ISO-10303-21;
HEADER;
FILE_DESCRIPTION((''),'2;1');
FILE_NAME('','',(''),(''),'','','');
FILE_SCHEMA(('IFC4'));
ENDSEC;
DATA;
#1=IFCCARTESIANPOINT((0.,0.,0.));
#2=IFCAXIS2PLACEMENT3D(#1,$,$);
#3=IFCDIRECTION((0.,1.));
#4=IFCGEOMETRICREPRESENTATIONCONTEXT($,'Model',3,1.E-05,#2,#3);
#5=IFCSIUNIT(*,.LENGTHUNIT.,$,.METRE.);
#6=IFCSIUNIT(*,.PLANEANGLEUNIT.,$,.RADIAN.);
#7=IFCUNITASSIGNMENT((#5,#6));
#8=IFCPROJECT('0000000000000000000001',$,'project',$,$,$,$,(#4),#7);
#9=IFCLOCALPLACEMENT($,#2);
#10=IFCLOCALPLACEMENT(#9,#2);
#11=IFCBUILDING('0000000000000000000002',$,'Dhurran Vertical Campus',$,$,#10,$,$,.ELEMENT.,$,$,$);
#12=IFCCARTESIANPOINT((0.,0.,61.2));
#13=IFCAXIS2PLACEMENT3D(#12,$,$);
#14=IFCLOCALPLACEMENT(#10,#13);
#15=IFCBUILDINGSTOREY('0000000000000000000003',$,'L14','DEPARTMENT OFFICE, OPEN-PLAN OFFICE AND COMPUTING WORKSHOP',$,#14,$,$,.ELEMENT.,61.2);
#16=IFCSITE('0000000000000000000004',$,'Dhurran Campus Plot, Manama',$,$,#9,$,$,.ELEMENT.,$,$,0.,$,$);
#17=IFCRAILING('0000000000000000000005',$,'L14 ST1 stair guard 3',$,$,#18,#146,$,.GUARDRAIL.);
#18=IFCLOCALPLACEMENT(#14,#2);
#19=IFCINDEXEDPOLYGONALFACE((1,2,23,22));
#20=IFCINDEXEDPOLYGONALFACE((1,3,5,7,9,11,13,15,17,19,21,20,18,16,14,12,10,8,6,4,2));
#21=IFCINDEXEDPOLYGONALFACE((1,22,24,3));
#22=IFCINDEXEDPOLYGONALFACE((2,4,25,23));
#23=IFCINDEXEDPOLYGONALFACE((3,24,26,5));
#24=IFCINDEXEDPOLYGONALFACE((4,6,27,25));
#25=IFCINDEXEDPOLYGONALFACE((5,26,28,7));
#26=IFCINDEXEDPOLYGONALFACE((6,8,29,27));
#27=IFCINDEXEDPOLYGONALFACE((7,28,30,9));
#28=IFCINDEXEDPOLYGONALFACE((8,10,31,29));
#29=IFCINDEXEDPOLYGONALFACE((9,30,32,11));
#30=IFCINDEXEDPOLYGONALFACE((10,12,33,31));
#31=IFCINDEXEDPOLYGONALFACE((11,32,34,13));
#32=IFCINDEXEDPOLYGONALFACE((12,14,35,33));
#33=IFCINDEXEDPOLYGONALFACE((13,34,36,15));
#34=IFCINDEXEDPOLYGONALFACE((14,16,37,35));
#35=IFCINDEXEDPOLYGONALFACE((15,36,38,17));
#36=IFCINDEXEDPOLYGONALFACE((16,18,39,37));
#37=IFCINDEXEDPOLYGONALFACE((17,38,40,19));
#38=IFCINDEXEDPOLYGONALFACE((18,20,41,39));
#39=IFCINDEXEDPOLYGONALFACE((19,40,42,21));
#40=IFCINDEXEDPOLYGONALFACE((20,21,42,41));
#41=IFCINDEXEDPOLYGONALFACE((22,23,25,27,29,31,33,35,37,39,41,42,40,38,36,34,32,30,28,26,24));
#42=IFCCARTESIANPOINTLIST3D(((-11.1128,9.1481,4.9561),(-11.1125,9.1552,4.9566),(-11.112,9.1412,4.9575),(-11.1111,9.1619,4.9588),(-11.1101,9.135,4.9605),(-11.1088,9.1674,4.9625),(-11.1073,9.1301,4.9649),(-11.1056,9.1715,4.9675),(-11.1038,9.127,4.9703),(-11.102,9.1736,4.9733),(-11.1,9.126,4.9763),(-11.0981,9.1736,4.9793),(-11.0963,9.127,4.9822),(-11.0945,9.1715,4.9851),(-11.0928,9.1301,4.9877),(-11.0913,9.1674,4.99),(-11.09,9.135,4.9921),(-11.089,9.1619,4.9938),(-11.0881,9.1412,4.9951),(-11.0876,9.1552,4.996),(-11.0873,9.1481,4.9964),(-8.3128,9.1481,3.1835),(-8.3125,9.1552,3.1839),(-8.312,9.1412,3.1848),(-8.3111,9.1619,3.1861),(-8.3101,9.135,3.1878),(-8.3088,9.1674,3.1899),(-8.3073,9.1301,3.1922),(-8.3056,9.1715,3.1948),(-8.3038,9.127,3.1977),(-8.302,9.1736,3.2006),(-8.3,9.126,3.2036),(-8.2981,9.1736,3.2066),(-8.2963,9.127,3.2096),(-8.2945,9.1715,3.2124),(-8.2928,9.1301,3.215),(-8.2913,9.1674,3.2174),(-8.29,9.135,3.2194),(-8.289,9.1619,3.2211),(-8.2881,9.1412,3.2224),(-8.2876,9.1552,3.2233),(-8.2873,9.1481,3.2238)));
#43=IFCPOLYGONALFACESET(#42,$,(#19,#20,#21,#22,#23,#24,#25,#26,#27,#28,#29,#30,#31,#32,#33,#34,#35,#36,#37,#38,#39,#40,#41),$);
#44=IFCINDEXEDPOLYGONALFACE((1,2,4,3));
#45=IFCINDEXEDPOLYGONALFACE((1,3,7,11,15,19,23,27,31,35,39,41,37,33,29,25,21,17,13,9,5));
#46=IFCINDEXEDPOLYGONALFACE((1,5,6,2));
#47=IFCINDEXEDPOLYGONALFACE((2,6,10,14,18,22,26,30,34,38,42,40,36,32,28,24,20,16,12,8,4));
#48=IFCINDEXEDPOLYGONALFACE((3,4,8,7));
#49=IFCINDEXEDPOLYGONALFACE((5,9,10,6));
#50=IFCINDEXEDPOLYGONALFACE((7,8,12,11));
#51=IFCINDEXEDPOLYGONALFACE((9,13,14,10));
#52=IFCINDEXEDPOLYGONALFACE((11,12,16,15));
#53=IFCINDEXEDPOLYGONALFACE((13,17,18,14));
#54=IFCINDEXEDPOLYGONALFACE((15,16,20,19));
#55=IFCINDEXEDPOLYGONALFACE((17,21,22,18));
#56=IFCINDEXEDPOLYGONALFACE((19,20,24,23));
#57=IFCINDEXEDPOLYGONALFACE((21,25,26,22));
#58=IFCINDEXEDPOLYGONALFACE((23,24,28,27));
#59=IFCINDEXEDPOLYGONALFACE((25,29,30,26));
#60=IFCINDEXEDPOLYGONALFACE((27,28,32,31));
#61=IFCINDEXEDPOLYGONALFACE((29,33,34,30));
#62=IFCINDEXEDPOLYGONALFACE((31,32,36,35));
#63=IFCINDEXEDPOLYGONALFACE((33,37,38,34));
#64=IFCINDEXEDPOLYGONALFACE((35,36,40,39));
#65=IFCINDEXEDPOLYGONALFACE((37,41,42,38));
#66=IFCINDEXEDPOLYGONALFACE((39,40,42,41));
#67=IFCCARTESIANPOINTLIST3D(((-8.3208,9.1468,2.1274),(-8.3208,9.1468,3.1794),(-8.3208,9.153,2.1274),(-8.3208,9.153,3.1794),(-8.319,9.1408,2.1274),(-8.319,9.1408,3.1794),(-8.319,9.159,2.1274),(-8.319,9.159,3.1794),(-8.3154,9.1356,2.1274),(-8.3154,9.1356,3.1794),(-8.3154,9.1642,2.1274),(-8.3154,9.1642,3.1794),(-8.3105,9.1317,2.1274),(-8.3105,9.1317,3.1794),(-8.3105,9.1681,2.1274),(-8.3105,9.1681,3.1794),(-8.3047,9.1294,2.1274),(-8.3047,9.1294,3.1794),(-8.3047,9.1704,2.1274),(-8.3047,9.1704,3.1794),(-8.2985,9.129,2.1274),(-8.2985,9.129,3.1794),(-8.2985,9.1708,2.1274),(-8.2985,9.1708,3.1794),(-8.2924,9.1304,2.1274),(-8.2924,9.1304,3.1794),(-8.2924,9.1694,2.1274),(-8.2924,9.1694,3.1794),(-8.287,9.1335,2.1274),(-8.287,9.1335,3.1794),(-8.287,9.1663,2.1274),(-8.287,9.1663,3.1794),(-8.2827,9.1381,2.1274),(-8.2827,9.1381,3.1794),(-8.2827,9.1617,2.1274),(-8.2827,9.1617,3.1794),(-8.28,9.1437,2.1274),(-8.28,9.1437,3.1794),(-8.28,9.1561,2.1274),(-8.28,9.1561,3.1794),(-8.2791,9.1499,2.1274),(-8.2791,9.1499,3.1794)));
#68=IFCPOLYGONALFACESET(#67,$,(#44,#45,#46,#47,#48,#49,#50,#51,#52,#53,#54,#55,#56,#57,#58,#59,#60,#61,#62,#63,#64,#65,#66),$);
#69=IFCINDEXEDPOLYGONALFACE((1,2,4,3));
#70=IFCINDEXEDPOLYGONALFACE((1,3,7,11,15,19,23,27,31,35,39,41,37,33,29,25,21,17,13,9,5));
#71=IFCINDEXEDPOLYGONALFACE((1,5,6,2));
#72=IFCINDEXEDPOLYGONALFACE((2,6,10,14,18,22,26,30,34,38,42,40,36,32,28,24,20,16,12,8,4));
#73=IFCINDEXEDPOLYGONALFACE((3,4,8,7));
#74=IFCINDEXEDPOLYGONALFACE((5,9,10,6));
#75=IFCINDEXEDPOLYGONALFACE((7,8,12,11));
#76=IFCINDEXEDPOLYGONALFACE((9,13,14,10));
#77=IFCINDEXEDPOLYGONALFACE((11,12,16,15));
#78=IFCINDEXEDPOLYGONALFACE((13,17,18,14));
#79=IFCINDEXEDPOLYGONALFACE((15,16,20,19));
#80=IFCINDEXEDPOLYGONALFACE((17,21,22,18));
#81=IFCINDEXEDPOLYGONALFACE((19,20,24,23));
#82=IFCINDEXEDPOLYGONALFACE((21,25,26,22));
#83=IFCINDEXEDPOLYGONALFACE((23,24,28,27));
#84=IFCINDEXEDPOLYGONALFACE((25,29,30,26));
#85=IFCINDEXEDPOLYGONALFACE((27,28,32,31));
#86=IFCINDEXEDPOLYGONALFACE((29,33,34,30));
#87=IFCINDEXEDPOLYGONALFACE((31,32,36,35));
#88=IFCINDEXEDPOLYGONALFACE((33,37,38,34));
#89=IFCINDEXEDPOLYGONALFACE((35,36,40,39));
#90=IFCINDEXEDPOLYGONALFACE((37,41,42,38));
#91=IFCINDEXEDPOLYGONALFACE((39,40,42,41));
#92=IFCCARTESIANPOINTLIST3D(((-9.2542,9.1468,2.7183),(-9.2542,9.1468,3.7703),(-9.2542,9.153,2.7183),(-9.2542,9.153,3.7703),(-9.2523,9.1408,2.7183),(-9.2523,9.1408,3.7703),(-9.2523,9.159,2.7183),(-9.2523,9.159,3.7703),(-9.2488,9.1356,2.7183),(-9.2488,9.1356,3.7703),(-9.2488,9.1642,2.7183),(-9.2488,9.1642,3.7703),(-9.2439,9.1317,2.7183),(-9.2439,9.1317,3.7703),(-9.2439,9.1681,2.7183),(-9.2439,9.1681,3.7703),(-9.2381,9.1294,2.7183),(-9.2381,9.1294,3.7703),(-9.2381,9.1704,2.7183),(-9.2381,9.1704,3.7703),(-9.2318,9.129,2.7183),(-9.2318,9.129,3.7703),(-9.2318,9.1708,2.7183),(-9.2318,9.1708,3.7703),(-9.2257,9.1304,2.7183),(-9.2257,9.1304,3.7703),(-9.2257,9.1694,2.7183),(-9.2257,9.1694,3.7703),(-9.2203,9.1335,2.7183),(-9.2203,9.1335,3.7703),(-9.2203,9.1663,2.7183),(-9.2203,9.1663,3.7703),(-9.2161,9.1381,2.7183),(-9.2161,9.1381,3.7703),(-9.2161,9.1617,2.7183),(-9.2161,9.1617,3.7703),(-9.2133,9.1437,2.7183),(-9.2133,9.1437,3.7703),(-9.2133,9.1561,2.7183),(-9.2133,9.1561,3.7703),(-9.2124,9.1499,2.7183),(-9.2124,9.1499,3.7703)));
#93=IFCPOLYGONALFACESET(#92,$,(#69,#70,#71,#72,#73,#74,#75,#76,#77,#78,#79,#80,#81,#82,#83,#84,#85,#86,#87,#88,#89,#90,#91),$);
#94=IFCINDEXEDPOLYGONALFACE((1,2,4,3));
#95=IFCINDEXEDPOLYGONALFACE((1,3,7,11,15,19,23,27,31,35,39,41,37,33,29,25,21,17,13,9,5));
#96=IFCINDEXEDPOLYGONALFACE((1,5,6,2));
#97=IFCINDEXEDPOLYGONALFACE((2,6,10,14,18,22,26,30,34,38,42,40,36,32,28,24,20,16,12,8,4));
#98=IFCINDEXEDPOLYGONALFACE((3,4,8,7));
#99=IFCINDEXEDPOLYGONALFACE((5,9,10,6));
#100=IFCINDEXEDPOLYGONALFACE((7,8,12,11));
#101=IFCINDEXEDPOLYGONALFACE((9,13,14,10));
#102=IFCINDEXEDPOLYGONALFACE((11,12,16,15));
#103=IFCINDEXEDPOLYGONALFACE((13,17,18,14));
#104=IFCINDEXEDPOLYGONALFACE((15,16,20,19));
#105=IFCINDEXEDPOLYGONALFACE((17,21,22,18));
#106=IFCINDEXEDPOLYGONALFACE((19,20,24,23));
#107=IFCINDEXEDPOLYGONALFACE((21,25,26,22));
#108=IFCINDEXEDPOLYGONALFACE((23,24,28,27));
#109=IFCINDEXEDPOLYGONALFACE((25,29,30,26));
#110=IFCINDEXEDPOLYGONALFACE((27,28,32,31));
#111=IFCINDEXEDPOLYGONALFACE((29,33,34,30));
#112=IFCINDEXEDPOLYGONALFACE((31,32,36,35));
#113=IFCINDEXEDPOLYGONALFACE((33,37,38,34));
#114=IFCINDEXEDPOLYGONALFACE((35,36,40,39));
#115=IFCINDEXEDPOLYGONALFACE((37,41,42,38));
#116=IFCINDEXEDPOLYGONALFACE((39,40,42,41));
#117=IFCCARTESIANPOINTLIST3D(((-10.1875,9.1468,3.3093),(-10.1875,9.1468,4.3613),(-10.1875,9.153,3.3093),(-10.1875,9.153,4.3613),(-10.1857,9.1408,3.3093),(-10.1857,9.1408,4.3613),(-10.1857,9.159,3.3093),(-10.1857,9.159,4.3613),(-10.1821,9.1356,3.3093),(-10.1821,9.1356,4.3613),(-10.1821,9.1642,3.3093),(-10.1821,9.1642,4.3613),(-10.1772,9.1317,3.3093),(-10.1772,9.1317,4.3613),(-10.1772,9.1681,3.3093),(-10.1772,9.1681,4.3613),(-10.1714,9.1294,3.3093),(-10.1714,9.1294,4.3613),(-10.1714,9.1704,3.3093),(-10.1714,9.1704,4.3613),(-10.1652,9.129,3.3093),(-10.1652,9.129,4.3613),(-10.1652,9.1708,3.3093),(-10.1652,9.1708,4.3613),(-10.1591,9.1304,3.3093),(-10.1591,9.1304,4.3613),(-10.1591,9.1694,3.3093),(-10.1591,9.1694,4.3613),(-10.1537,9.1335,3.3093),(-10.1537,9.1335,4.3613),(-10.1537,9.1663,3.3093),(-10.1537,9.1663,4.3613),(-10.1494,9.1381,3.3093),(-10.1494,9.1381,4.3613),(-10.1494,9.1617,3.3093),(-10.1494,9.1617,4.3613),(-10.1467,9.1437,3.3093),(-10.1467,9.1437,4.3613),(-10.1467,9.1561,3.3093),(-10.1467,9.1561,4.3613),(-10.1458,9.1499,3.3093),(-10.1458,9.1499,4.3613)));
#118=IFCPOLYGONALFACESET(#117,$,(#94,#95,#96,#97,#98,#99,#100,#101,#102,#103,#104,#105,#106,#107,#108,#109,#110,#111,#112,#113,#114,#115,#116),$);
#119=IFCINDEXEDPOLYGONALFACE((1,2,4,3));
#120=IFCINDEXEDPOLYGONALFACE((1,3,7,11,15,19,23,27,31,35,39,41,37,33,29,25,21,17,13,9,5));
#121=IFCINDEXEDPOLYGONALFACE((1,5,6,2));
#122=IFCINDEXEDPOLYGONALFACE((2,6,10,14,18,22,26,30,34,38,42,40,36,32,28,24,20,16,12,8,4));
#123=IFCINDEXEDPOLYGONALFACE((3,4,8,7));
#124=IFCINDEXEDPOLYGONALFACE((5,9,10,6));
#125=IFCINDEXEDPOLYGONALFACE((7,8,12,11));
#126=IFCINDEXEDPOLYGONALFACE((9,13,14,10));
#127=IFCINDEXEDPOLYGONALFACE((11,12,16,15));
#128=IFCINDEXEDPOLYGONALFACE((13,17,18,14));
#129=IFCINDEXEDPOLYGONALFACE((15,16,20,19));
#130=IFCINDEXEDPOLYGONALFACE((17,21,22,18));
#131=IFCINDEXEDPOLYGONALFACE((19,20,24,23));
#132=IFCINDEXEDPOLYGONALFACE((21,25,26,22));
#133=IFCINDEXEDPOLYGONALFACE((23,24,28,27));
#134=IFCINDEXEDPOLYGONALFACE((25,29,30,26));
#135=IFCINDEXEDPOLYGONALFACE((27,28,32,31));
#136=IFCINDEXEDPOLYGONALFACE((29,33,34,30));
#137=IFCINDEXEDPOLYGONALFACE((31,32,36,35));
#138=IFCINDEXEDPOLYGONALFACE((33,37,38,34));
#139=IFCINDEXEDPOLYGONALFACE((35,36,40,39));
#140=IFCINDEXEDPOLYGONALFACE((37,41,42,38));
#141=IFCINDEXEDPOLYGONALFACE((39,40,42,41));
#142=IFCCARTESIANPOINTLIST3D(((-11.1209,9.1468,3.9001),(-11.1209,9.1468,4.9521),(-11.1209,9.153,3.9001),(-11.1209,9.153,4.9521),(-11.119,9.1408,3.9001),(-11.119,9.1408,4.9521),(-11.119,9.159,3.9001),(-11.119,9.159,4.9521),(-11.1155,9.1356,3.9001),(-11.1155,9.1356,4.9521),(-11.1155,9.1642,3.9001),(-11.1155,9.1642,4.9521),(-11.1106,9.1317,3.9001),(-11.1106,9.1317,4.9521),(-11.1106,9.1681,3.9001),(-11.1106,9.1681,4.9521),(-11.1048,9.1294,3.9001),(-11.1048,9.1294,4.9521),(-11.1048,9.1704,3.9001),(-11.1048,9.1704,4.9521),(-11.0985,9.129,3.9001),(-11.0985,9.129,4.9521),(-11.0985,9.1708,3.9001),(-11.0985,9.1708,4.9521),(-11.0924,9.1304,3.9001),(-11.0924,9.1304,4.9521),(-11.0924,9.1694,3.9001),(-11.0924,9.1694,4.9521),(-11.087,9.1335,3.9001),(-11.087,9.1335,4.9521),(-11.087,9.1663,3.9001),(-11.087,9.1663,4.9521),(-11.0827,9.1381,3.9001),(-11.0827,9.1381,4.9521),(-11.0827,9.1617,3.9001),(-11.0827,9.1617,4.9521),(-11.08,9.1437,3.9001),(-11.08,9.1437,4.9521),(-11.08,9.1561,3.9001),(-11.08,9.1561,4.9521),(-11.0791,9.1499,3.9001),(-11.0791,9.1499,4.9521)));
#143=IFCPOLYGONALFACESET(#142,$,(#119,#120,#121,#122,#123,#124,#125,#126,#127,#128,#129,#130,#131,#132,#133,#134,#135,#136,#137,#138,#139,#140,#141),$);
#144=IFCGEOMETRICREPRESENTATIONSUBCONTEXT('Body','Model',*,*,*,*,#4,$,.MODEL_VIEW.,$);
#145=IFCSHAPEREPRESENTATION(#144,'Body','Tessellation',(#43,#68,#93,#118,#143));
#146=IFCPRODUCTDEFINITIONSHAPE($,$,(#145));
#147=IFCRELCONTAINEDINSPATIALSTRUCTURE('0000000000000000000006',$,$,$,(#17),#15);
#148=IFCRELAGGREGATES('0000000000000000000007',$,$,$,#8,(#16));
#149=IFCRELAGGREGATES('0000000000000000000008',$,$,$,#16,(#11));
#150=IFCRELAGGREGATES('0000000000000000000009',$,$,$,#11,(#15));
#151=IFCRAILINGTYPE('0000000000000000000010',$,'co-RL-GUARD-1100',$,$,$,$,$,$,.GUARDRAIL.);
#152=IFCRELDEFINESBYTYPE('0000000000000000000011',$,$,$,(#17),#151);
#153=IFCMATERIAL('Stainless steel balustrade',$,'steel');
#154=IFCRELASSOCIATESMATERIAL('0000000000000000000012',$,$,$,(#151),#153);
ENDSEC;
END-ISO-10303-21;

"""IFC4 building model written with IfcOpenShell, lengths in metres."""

from ifc_helpers import new_model, si_unit, direction, frame, origin, origin_2d, place, context, subcontext, project, spatial, circle, extrude, material, type_object, element, save


model = new_model("IFC4")

# Units and contexts
model_context = context("Model", 3, precision=1e-05, world=origin(), true_north=direction((0.0, 1.0)))
body_context = subcontext(model_context, "Body", "Model", "MODEL_VIEW")
ifc_project = project(units=[si_unit("LENGTHUNIT", "METRE"), si_unit("PLANEANGLEUNIT", "RADIAN")], contexts=[model_context])

# Site, building, storey
site_placement = place(None, origin())
site = spatial("IfcSite", under=ifc_project, at=site_placement, Name="Dhurran Campus Plot, Manama", CompositionType="ELEMENT", RefElevation=0.0)
building_placement = place(site_placement, origin())
building = spatial("IfcBuilding", under=site, at=building_placement, Name="Dhurran Vertical Campus", CompositionType="ELEMENT")
storey_placement = place(building_placement, frame((0.0, 0.0, 61.2)))
storey = spatial("IfcBuildingStorey", under=building, at=storey_placement, Name="L14", Description="DEPARTMENT OFFICE, OPEN-PLAN OFFICE AND COMPUTING WORKSHOP", CompositionType="ELEMENT", Elevation=61.2)

# Railing
ifc_material_1 = material(Name="Stainless steel balustrade", Category="steel")
railing_type_1 = type_object("IfcRailingType", Name="co-RL-GUARD-1100", PredefinedType="GUARDRAIL", material=ifc_material_1)
railing_1_placement = place(storey_placement, frame((-8.3, 9.1499, 2.1274)))
element("IfcRailing", 1, at=railing_1_placement, inside=storey, type_object=railing_type_1, Name="L14 ST1 stair guard 3", PredefinedType="GUARDRAIL", context=body_context, shape_type="SweptSolid", body=[
    extrude(circle(Radius=0.0239, at=origin_2d()), frame((0.0, 0.0, 1.0762), z_axis=(-0.844909, 0.0, 0.53491), x_axis=(0.0, -1.0, 0.0)), (0.0, 0.0, 1.0), 3.314),
    extrude(circle(Radius=0.021, at=origin_2d()), origin(), (0.0, 0.0, 1.0), 1.052),
    extrude(circle(Radius=0.021, at=origin_2d()), frame((-0.9333, 0.0, 0.5908)), (0.0, 0.0, 1.0), 1.052),
    extrude(circle(Radius=0.021, at=origin_2d()), frame((-1.8667, 0.0, 1.1819)), (0.0, 0.0, 1.0), 1.052),
    extrude(circle(Radius=0.021, at=origin_2d()), frame((-2.8, 0.0, 1.7727)), (0.0, 0.0, 1.0), 1.052),
])

save(model, "model.ifc")
